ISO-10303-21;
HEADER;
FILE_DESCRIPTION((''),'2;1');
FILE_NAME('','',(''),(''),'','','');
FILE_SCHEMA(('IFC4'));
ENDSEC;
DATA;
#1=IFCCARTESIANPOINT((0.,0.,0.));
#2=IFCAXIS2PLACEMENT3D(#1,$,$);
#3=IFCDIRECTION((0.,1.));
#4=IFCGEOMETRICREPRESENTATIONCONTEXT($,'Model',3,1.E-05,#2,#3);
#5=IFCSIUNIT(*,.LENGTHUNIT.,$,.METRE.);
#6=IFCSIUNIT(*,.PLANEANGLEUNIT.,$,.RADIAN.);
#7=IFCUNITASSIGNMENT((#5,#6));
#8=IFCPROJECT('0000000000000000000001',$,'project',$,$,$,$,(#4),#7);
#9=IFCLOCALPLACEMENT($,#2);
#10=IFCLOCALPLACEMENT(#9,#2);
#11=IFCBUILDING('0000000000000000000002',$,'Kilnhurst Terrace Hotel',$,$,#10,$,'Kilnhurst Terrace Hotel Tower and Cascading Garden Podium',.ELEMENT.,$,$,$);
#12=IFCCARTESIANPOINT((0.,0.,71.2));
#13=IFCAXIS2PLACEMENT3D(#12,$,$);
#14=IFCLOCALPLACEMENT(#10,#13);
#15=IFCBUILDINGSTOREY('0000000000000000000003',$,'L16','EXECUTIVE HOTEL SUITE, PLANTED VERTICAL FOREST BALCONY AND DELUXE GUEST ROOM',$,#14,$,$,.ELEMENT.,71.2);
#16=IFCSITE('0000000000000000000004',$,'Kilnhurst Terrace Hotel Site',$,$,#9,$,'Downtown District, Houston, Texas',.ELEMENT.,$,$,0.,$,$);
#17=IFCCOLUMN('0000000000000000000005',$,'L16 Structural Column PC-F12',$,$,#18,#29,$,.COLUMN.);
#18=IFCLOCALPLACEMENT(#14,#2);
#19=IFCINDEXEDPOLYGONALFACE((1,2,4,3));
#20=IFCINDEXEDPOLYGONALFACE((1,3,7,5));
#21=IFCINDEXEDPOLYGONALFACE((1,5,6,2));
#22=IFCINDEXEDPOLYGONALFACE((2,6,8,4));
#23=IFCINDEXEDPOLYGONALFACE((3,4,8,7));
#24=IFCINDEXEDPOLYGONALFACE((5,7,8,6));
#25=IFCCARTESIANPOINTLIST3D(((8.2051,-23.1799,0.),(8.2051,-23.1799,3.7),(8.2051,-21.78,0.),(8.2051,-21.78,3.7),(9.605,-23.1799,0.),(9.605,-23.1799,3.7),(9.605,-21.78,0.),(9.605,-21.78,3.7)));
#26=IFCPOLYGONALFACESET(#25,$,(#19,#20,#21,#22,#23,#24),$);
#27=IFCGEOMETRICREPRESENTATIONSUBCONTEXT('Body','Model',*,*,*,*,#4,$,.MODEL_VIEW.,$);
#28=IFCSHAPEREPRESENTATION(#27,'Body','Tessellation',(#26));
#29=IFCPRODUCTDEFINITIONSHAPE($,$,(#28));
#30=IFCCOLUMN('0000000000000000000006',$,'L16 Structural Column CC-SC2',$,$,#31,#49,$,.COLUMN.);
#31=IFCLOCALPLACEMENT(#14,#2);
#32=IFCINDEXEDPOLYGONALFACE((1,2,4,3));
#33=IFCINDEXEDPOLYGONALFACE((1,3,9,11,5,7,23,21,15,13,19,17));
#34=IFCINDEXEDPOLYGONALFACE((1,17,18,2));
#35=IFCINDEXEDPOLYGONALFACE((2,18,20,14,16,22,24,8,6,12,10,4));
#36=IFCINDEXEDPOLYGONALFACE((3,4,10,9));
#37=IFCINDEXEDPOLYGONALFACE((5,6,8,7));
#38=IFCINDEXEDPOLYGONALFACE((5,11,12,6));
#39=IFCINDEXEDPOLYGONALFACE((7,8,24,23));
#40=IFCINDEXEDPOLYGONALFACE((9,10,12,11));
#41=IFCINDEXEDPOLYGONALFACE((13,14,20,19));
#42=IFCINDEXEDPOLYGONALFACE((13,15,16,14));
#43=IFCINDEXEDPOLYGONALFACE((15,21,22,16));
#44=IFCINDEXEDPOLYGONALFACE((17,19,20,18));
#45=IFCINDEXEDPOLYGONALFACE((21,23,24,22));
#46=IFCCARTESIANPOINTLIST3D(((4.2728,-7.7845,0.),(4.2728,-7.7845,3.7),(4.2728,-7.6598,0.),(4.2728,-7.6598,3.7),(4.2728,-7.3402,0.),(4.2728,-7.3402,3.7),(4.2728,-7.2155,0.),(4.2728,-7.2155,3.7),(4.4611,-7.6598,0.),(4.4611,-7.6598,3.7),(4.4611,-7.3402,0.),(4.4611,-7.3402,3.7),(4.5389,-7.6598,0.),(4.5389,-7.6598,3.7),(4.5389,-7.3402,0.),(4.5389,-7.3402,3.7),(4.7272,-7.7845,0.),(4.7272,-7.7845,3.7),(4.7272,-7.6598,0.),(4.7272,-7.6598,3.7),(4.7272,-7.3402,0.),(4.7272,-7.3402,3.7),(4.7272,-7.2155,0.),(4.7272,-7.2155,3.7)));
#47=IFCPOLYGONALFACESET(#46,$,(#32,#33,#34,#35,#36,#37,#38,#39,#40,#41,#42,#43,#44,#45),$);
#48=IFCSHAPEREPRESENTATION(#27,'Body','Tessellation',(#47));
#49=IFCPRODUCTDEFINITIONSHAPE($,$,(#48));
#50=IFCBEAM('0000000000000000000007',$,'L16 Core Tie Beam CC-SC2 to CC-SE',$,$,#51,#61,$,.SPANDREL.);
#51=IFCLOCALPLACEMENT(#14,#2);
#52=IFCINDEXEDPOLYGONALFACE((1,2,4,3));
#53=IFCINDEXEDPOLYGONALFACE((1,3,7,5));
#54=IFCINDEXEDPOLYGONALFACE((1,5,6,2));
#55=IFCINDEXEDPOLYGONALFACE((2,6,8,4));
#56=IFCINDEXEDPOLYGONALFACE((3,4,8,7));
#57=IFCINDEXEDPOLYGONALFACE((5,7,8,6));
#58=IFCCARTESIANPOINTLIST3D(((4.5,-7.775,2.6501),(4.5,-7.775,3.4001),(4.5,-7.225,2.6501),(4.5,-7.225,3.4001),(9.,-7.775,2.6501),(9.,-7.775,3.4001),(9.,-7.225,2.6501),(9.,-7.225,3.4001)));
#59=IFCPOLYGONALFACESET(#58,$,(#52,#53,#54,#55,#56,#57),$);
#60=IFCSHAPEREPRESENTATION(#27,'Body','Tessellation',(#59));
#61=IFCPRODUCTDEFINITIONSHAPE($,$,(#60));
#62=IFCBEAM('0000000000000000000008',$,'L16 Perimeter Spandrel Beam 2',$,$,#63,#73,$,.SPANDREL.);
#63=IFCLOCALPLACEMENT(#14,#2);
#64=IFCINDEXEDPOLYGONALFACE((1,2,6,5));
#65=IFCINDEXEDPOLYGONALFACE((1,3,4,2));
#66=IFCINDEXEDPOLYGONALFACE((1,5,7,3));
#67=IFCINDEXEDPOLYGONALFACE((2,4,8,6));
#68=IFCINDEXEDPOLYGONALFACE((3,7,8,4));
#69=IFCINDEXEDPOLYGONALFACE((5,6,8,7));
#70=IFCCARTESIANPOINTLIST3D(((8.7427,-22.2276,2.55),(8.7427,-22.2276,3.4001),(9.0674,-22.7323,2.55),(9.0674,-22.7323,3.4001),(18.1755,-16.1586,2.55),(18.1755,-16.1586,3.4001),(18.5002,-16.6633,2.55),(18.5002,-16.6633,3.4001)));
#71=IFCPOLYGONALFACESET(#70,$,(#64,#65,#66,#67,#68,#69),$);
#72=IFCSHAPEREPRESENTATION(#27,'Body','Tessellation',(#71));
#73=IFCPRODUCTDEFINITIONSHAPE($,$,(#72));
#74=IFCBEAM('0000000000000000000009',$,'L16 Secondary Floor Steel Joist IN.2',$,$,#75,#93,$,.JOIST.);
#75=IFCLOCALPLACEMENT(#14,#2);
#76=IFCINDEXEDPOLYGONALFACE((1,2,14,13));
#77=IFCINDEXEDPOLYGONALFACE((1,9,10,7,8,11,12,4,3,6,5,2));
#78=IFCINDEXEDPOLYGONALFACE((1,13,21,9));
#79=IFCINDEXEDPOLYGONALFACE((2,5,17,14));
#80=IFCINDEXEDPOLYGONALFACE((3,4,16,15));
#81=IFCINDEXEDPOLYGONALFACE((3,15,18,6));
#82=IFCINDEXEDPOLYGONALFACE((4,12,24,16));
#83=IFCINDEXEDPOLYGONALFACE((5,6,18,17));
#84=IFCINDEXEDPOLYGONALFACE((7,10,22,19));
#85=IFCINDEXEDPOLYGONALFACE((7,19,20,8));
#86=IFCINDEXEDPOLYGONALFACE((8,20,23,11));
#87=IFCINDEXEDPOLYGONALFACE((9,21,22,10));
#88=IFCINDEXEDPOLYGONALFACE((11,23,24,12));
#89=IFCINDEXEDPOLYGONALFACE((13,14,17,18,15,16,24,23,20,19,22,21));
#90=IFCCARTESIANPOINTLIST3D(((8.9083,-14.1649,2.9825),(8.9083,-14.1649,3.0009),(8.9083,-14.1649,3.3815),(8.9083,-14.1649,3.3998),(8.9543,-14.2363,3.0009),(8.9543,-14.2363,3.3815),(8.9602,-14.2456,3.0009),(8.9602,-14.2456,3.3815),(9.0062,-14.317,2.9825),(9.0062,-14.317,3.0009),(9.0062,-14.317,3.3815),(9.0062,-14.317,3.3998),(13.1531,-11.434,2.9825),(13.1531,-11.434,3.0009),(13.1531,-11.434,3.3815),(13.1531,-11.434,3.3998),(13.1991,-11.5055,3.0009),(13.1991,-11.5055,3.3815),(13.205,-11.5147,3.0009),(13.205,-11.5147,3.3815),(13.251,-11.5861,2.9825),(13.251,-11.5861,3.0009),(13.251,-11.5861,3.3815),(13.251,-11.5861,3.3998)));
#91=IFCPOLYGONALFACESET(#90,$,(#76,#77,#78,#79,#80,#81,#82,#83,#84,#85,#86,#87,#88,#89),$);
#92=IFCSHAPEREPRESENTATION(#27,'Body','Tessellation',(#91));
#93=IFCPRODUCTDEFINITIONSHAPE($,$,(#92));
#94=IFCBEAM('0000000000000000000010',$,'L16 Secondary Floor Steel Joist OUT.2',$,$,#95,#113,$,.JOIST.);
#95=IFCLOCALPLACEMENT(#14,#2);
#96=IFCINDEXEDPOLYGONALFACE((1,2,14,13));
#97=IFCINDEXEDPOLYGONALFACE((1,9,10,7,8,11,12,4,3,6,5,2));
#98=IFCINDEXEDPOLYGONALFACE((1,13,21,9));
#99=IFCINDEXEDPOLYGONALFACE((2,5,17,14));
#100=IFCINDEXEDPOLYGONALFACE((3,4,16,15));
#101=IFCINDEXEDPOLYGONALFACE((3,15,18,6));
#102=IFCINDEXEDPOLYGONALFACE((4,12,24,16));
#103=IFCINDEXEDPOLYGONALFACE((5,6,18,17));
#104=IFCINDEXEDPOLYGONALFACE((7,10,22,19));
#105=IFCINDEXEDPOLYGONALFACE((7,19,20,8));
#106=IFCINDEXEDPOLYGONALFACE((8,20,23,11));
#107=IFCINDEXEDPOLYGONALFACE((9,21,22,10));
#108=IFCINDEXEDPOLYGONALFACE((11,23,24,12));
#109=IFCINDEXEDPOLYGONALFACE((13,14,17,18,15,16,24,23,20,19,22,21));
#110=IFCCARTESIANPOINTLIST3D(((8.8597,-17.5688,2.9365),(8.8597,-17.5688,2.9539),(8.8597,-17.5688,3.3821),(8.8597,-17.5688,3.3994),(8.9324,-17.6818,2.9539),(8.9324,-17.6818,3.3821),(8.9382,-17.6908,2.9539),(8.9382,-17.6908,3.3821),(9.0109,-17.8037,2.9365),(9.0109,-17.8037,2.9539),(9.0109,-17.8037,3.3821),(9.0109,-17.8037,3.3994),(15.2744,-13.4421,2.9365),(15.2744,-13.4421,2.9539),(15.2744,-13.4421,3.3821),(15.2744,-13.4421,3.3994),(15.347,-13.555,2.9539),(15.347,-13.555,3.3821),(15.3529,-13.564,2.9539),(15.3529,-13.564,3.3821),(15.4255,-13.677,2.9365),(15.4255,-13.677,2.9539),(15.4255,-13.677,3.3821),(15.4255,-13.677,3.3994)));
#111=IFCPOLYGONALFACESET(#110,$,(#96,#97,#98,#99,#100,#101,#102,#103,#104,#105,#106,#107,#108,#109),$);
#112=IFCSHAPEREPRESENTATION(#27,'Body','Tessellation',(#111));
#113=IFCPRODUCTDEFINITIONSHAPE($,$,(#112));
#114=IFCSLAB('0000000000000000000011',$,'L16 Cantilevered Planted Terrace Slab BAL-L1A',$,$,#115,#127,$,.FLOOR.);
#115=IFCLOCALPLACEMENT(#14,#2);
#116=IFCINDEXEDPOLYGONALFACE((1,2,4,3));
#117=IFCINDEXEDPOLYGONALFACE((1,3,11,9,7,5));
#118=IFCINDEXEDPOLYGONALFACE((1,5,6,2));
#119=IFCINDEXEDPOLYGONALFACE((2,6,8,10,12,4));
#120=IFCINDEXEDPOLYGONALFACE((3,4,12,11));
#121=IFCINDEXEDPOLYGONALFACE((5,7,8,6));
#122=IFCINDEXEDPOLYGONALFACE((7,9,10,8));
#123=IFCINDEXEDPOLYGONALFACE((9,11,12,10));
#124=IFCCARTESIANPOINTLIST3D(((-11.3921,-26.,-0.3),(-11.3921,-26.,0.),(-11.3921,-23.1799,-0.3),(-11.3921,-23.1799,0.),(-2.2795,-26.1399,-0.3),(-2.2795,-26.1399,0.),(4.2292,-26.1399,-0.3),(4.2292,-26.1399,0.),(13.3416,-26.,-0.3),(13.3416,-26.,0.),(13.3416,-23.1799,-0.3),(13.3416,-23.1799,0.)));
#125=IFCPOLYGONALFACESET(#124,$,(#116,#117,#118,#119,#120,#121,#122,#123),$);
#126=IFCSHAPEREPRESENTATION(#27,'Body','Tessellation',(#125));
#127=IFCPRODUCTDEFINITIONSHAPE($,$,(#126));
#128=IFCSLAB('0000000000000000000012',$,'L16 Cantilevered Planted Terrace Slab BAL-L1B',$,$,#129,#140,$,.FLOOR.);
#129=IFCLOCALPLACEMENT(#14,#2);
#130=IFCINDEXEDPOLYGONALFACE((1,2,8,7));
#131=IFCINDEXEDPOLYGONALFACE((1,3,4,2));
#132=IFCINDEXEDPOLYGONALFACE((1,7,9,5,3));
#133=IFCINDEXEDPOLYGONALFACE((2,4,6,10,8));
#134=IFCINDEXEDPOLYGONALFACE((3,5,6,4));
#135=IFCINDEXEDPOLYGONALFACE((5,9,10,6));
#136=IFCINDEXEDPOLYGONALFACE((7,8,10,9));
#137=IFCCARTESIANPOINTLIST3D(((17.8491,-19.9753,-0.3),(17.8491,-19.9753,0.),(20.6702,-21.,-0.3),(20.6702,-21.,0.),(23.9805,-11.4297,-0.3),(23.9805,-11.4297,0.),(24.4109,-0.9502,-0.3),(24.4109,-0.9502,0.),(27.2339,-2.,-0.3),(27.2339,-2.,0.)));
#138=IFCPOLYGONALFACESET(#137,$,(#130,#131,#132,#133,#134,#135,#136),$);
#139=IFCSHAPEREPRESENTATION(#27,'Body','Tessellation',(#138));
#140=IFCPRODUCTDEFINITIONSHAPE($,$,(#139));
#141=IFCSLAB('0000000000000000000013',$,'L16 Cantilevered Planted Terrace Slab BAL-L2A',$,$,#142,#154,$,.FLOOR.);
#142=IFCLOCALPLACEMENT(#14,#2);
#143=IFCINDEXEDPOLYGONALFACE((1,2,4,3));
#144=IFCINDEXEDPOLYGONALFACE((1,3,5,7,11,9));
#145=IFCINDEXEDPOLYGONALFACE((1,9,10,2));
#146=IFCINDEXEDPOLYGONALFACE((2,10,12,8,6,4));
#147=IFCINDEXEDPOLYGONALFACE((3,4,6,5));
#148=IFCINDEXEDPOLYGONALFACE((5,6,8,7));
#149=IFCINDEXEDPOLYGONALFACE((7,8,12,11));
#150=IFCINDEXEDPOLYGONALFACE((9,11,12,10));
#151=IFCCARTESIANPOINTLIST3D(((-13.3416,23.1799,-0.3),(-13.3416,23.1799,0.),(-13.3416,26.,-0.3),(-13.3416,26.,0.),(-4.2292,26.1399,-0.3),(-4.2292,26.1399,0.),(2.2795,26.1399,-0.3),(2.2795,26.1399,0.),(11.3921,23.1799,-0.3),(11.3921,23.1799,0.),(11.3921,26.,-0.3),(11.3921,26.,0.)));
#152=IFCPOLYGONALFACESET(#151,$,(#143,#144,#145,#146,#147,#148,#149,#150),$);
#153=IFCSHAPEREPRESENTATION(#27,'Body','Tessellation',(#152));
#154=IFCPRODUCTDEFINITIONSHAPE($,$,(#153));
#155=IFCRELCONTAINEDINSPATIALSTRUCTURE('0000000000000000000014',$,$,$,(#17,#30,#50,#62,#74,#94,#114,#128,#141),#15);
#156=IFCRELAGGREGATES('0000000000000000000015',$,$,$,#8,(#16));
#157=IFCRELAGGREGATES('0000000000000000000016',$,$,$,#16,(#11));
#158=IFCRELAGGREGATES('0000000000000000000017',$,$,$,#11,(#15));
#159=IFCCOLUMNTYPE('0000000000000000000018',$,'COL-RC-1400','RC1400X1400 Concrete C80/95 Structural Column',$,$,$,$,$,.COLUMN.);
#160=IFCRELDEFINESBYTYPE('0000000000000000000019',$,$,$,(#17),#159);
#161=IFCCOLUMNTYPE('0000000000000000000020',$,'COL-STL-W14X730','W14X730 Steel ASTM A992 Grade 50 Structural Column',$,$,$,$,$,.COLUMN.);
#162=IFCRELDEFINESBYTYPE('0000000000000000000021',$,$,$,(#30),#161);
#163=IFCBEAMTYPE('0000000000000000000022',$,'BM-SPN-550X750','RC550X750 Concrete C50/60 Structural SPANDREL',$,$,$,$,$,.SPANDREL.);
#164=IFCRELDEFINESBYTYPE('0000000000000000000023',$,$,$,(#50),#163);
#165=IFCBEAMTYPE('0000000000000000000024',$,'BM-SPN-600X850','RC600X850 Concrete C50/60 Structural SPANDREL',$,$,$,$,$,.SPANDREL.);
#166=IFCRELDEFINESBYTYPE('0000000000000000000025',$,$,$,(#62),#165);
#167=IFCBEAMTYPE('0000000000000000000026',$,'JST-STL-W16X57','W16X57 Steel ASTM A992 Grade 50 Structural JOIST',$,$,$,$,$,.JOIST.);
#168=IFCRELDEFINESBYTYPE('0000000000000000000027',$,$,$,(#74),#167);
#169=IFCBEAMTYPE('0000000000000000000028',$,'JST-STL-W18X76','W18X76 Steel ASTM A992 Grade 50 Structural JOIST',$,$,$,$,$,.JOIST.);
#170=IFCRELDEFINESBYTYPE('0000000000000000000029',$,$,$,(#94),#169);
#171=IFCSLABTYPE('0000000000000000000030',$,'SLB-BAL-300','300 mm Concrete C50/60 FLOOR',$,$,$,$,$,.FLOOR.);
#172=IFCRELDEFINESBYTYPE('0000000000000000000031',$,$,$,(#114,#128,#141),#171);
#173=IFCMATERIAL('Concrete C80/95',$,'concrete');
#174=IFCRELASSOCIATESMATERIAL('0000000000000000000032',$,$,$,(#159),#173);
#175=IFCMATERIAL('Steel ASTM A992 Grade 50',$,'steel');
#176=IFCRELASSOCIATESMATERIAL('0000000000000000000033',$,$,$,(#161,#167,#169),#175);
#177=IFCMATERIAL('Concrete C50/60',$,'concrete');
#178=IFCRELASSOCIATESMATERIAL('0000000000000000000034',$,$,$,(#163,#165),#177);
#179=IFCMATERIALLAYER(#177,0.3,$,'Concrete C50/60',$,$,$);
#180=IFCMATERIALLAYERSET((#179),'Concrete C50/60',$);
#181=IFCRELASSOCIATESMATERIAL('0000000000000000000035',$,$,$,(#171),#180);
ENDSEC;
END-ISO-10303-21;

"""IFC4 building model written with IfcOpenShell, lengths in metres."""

from ifc_helpers import new_model, si_unit, direction, frame, origin, origin_2d, place, context, subcontext, project, spatial, polyline, rectangle, i_section, outline, extrude, material, layer, layer_set, material_profile, profile_set, type_object, element, save


model = new_model("IFC4")

# Units and contexts
model_context = context("Model", 3, precision=1e-05, world=origin(), true_north=direction((0.0, 1.0)))
body_context = subcontext(model_context, "Body", "Model", "MODEL_VIEW")
ifc_project = project(units=[si_unit("LENGTHUNIT", "METRE"), si_unit("PLANEANGLEUNIT", "RADIAN")], contexts=[model_context])

# Site, building, storey
site_placement = place(None, origin())
site = spatial("IfcSite", under=ifc_project, at=site_placement, Name="Kilnhurst Terrace Hotel Site", LongName="Downtown District, Houston, Texas", CompositionType="ELEMENT", RefElevation=0.0)
building_placement = place(site_placement, origin())
building = spatial("IfcBuilding", under=site, at=building_placement, Name="Kilnhurst Terrace Hotel", LongName="Kilnhurst Terrace Hotel Tower and Cascading Garden Podium", CompositionType="ELEMENT")
storey_placement = place(building_placement, frame((0.0, 0.0, 71.2)))
storey = spatial("IfcBuildingStorey", under=building, at=storey_placement, Name="L16", Description="EXECUTIVE HOTEL SUITE, PLANTED VERTICAL FOREST BALCONY AND DELUXE GUEST ROOM", CompositionType="ELEMENT", Elevation=71.2)

# Columns
ifc_material_1 = material(Name="Concrete C80/95", Category="concrete")
ifc_material_profile_1 = material_profile(ifc_material_1, rectangle(XDim=1.3999, YDim=1.3999, at=origin_2d()), Name="RC1400X1400")
ifc_profile_set_1 = profile_set([ifc_material_profile_1], Name="Concrete C80/95")
column_type_1 = type_object("IfcColumnType", Name="COL-RC-1400", Description="RC1400X1400 Concrete C80/95 Structural Column", PredefinedType="COLUMN", material=ifc_profile_set_1)
column_1_placement = place(storey_placement, frame((8.905, -22.48, 0.0), z_axis=(0.0, 0.0, 1.0), x_axis=(1.0, 0.0, 0.0)))
element("IfcColumn", 1, at=column_1_placement, inside=storey, type_object=column_type_1, Name="L16 Structural Column PC-F12", PredefinedType="COLUMN", context=body_context, shape_type="SweptSolid", body=[
    extrude(rectangle(XDim=1.3999, YDim=1.3999, at=origin_2d()), origin(), (0.0, 0.0, 1.0), 3.7),
])
ifc_material_2 = material(Name="Steel ASTM A992 Grade 50", Category="steel")
ifc_material_profile_2 = material_profile(ifc_material_2, i_section(OverallWidth=0.4543, OverallDepth=0.5691, WebThickness=0.0779, FlangeThickness=0.1248, at=origin_2d()), Name="W14X730")
ifc_profile_set_2 = profile_set([ifc_material_profile_2], Name="Steel ASTM A992 Grade 50")
column_type_2 = type_object("IfcColumnType", Name="COL-STL-W14X730", Description="W14X730 Steel ASTM A992 Grade 50 Structural Column", PredefinedType="COLUMN", material=ifc_profile_set_2)
column_2_placement = place(storey_placement, frame((4.5, -7.5, 0.0), z_axis=(0.0, 0.0, 1.0), x_axis=(1.0, 0.0, 0.0)))
element("IfcColumn", 2, at=column_2_placement, inside=storey, type_object=column_type_2, Name="L16 Structural Column CC-SC2", PredefinedType="COLUMN", context=body_context, shape_type="SweptSolid", body=[
    extrude(i_section(OverallWidth=0.4543, OverallDepth=0.5691, WebThickness=0.0779, FlangeThickness=0.1248, at=origin_2d()), origin(), (0.0, 0.0, 1.0), 3.7),
])

# Beams
ifc_material_3 = material(Name="Concrete C50/60", Category="concrete")
ifc_material_profile_3 = material_profile(ifc_material_3, rectangle(XDim=0.55, YDim=0.75, at=origin_2d()), Name="RC550X750")
ifc_profile_set_3 = profile_set([ifc_material_profile_3], Name="Concrete C50/60")
beam_type_1 = type_object("IfcBeamType", Name="BM-SPN-550X750", Description="RC550X750 Concrete C50/60 Structural SPANDREL", PredefinedType="SPANDREL", material=ifc_profile_set_3)
beam_1_placement = place(storey_placement, frame((4.5, -7.5, 3.0251), z_axis=(1.0, 0.0, 0.0), x_axis=(0.0, 1.0, 0.0)))
element("IfcBeam", 3, at=beam_1_placement, inside=storey, type_object=beam_type_1, Name="L16 Core Tie Beam CC-SC2 to CC-SE", PredefinedType="SPANDREL", context=body_context, shape_type="SweptSolid", body=[
    extrude(rectangle(XDim=0.55, YDim=0.75, at=origin_2d()), origin(), (0.0, 0.0, 1.0), 4.5),
])
ifc_material_profile_4 = material_profile(ifc_material_3, rectangle(XDim=0.6001, YDim=0.8501, at=origin_2d()), Name="RC600X850")
ifc_profile_set_4 = profile_set([ifc_material_profile_4], Name="Concrete C50/60")
beam_type_2 = type_object("IfcBeamType", Name="BM-SPN-600X850", Description="RC600X850 Concrete C50/60 Structural SPANDREL", PredefinedType="SPANDREL", material=ifc_profile_set_4)
beam_2_placement = place(storey_placement, frame((8.905, -22.48, 2.9751), z_axis=(0.840971, 0.54108, 0.0), x_axis=(-0.54108, 0.840971, 0.0)))
element("IfcBeam", 4, at=beam_2_placement, inside=storey, type_object=beam_type_2, Name="L16 Perimeter Spandrel Beam 2", PredefinedType="SPANDREL", context=body_context, shape_type="SweptSolid", body=[
    extrude(rectangle(XDim=0.6001, YDim=0.8501, at=origin_2d()), origin(), (0.0, 0.0, 1.0), 11.2166),
])
ifc_material_profile_5 = material_profile(ifc_material_2, i_section(OverallWidth=0.1809, OverallDepth=0.4172, WebThickness=0.011, FlangeThickness=0.0183, at=origin_2d()), Name="W16X57")
ifc_profile_set_5 = profile_set([ifc_material_profile_5], Name="Steel ASTM A992 Grade 50")
beam_type_3 = type_object("IfcBeamType", Name="JST-STL-W16X57", Description="W16X57 Steel ASTM A992 Grade 50 Structural JOIST", PredefinedType="JOIST", material=ifc_profile_set_5)
beam_3_placement = place(storey_placement, frame((8.9573, -14.241, 3.1912), z_axis=(0.840988, 0.541053, 0.0), x_axis=(-0.541053, 0.840988, 0.0)))
element("IfcBeam", 5, at=beam_3_placement, inside=storey, type_object=beam_type_3, Name="L16 Secondary Floor Steel Joist IN.2", PredefinedType="JOIST", context=body_context, shape_type="SweptSolid", body=[
    extrude(i_section(OverallWidth=0.1809, OverallDepth=0.4172, WebThickness=0.011, FlangeThickness=0.0183, at=origin_2d()), origin(), (0.0, 0.0, 1.0), 5.0474),
])
ifc_material_profile_6 = material_profile(ifc_material_2, i_section(OverallWidth=0.2793, OverallDepth=0.4629, WebThickness=0.0107, FlangeThickness=0.0173, at=origin_2d()), Name="W18X76")
ifc_profile_set_6 = profile_set([ifc_material_profile_6], Name="Steel ASTM A992 Grade 50")
beam_type_4 = type_object("IfcBeamType", Name="JST-STL-W18X76", Description="W18X76 Steel ASTM A992 Grade 50 Structural JOIST", PredefinedType="JOIST", material=ifc_profile_set_6)
beam_4_placement = place(storey_placement, frame((8.9353, -17.6863, 3.168), z_axis=(0.840995, 0.541042, 0.0), x_axis=(-0.541042, 0.840995, 0.0)))
element("IfcBeam", 6, at=beam_4_placement, inside=storey, type_object=beam_type_4, Name="L16 Secondary Floor Steel Joist OUT.2", PredefinedType="JOIST", context=body_context, shape_type="SweptSolid", body=[
    extrude(i_section(OverallWidth=0.2793, OverallDepth=0.4629, WebThickness=0.0107, FlangeThickness=0.0173, at=origin_2d()), origin(), (0.0, 0.0, 1.0), 7.6274),
])

# Slabs
ifc_layer_1 = layer(ifc_material_3, 0.3, Name="Concrete C50/60")
ifc_layer_set_1 = layer_set([ifc_layer_1], Name="Concrete C50/60")
slab_type_1 = type_object("IfcSlabType", Name="SLB-BAL-300", Description="300 mm Concrete C50/60 FLOOR", PredefinedType="FLOOR", material=ifc_layer_set_1)
slab_1_placement = place(storey_placement, frame((0.0, 0.0, -0.3)))
element("IfcSlab", 7, at=slab_1_placement, inside=storey, type_object=slab_type_1, Name="L16 Cantilevered Planted Terrace Slab BAL-L1A", PredefinedType="FLOOR", context=body_context, shape_type="SweptSolid", body=[
    extrude(outline(polyline([(4.2292, -26.1399), (-2.2795, -26.1399), (-11.3921, -26.0), (-11.3921, -23.1799), (13.3416, -23.1799), (13.3416, -26.0), (4.2292, -26.1399)])), origin(), (0.0, 0.0, 1.0), 0.3),
])
slab_2_placement = place(storey_placement, frame((0.0, 0.0, -0.3)))
element("IfcSlab", 8, at=slab_2_placement, inside=storey, type_object=slab_type_1, Name="L16 Cantilevered Planted Terrace Slab BAL-L1B", PredefinedType="FLOOR", context=body_context, shape_type="SweptSolid", body=[
    extrude(outline(polyline([(20.6702, -21.0), (17.8491, -19.9753), (24.4109, -0.9502), (27.2339, -2.0), (23.9805, -11.4297), (20.6702, -21.0)])), origin(), (0.0, 0.0, 1.0), 0.3),
])
slab_3_placement = place(storey_placement, frame((0.0, 0.0, -0.3)))
element("IfcSlab", 9, at=slab_3_placement, inside=storey, type_object=slab_type_1, Name="L16 Cantilevered Planted Terrace Slab BAL-L2A", PredefinedType="FLOOR", context=body_context, shape_type="SweptSolid", body=[
    extrude(outline(polyline([(2.2795, 26.1399), (11.3921, 26.0), (11.3921, 23.1799), (-13.3416, 23.1799), (-13.3416, 26.0), (-4.2292, 26.1399), (2.2795, 26.1399)])), origin(), (0.0, 0.0, 1.0), 0.3),
])

save(model, "model.ifc")
